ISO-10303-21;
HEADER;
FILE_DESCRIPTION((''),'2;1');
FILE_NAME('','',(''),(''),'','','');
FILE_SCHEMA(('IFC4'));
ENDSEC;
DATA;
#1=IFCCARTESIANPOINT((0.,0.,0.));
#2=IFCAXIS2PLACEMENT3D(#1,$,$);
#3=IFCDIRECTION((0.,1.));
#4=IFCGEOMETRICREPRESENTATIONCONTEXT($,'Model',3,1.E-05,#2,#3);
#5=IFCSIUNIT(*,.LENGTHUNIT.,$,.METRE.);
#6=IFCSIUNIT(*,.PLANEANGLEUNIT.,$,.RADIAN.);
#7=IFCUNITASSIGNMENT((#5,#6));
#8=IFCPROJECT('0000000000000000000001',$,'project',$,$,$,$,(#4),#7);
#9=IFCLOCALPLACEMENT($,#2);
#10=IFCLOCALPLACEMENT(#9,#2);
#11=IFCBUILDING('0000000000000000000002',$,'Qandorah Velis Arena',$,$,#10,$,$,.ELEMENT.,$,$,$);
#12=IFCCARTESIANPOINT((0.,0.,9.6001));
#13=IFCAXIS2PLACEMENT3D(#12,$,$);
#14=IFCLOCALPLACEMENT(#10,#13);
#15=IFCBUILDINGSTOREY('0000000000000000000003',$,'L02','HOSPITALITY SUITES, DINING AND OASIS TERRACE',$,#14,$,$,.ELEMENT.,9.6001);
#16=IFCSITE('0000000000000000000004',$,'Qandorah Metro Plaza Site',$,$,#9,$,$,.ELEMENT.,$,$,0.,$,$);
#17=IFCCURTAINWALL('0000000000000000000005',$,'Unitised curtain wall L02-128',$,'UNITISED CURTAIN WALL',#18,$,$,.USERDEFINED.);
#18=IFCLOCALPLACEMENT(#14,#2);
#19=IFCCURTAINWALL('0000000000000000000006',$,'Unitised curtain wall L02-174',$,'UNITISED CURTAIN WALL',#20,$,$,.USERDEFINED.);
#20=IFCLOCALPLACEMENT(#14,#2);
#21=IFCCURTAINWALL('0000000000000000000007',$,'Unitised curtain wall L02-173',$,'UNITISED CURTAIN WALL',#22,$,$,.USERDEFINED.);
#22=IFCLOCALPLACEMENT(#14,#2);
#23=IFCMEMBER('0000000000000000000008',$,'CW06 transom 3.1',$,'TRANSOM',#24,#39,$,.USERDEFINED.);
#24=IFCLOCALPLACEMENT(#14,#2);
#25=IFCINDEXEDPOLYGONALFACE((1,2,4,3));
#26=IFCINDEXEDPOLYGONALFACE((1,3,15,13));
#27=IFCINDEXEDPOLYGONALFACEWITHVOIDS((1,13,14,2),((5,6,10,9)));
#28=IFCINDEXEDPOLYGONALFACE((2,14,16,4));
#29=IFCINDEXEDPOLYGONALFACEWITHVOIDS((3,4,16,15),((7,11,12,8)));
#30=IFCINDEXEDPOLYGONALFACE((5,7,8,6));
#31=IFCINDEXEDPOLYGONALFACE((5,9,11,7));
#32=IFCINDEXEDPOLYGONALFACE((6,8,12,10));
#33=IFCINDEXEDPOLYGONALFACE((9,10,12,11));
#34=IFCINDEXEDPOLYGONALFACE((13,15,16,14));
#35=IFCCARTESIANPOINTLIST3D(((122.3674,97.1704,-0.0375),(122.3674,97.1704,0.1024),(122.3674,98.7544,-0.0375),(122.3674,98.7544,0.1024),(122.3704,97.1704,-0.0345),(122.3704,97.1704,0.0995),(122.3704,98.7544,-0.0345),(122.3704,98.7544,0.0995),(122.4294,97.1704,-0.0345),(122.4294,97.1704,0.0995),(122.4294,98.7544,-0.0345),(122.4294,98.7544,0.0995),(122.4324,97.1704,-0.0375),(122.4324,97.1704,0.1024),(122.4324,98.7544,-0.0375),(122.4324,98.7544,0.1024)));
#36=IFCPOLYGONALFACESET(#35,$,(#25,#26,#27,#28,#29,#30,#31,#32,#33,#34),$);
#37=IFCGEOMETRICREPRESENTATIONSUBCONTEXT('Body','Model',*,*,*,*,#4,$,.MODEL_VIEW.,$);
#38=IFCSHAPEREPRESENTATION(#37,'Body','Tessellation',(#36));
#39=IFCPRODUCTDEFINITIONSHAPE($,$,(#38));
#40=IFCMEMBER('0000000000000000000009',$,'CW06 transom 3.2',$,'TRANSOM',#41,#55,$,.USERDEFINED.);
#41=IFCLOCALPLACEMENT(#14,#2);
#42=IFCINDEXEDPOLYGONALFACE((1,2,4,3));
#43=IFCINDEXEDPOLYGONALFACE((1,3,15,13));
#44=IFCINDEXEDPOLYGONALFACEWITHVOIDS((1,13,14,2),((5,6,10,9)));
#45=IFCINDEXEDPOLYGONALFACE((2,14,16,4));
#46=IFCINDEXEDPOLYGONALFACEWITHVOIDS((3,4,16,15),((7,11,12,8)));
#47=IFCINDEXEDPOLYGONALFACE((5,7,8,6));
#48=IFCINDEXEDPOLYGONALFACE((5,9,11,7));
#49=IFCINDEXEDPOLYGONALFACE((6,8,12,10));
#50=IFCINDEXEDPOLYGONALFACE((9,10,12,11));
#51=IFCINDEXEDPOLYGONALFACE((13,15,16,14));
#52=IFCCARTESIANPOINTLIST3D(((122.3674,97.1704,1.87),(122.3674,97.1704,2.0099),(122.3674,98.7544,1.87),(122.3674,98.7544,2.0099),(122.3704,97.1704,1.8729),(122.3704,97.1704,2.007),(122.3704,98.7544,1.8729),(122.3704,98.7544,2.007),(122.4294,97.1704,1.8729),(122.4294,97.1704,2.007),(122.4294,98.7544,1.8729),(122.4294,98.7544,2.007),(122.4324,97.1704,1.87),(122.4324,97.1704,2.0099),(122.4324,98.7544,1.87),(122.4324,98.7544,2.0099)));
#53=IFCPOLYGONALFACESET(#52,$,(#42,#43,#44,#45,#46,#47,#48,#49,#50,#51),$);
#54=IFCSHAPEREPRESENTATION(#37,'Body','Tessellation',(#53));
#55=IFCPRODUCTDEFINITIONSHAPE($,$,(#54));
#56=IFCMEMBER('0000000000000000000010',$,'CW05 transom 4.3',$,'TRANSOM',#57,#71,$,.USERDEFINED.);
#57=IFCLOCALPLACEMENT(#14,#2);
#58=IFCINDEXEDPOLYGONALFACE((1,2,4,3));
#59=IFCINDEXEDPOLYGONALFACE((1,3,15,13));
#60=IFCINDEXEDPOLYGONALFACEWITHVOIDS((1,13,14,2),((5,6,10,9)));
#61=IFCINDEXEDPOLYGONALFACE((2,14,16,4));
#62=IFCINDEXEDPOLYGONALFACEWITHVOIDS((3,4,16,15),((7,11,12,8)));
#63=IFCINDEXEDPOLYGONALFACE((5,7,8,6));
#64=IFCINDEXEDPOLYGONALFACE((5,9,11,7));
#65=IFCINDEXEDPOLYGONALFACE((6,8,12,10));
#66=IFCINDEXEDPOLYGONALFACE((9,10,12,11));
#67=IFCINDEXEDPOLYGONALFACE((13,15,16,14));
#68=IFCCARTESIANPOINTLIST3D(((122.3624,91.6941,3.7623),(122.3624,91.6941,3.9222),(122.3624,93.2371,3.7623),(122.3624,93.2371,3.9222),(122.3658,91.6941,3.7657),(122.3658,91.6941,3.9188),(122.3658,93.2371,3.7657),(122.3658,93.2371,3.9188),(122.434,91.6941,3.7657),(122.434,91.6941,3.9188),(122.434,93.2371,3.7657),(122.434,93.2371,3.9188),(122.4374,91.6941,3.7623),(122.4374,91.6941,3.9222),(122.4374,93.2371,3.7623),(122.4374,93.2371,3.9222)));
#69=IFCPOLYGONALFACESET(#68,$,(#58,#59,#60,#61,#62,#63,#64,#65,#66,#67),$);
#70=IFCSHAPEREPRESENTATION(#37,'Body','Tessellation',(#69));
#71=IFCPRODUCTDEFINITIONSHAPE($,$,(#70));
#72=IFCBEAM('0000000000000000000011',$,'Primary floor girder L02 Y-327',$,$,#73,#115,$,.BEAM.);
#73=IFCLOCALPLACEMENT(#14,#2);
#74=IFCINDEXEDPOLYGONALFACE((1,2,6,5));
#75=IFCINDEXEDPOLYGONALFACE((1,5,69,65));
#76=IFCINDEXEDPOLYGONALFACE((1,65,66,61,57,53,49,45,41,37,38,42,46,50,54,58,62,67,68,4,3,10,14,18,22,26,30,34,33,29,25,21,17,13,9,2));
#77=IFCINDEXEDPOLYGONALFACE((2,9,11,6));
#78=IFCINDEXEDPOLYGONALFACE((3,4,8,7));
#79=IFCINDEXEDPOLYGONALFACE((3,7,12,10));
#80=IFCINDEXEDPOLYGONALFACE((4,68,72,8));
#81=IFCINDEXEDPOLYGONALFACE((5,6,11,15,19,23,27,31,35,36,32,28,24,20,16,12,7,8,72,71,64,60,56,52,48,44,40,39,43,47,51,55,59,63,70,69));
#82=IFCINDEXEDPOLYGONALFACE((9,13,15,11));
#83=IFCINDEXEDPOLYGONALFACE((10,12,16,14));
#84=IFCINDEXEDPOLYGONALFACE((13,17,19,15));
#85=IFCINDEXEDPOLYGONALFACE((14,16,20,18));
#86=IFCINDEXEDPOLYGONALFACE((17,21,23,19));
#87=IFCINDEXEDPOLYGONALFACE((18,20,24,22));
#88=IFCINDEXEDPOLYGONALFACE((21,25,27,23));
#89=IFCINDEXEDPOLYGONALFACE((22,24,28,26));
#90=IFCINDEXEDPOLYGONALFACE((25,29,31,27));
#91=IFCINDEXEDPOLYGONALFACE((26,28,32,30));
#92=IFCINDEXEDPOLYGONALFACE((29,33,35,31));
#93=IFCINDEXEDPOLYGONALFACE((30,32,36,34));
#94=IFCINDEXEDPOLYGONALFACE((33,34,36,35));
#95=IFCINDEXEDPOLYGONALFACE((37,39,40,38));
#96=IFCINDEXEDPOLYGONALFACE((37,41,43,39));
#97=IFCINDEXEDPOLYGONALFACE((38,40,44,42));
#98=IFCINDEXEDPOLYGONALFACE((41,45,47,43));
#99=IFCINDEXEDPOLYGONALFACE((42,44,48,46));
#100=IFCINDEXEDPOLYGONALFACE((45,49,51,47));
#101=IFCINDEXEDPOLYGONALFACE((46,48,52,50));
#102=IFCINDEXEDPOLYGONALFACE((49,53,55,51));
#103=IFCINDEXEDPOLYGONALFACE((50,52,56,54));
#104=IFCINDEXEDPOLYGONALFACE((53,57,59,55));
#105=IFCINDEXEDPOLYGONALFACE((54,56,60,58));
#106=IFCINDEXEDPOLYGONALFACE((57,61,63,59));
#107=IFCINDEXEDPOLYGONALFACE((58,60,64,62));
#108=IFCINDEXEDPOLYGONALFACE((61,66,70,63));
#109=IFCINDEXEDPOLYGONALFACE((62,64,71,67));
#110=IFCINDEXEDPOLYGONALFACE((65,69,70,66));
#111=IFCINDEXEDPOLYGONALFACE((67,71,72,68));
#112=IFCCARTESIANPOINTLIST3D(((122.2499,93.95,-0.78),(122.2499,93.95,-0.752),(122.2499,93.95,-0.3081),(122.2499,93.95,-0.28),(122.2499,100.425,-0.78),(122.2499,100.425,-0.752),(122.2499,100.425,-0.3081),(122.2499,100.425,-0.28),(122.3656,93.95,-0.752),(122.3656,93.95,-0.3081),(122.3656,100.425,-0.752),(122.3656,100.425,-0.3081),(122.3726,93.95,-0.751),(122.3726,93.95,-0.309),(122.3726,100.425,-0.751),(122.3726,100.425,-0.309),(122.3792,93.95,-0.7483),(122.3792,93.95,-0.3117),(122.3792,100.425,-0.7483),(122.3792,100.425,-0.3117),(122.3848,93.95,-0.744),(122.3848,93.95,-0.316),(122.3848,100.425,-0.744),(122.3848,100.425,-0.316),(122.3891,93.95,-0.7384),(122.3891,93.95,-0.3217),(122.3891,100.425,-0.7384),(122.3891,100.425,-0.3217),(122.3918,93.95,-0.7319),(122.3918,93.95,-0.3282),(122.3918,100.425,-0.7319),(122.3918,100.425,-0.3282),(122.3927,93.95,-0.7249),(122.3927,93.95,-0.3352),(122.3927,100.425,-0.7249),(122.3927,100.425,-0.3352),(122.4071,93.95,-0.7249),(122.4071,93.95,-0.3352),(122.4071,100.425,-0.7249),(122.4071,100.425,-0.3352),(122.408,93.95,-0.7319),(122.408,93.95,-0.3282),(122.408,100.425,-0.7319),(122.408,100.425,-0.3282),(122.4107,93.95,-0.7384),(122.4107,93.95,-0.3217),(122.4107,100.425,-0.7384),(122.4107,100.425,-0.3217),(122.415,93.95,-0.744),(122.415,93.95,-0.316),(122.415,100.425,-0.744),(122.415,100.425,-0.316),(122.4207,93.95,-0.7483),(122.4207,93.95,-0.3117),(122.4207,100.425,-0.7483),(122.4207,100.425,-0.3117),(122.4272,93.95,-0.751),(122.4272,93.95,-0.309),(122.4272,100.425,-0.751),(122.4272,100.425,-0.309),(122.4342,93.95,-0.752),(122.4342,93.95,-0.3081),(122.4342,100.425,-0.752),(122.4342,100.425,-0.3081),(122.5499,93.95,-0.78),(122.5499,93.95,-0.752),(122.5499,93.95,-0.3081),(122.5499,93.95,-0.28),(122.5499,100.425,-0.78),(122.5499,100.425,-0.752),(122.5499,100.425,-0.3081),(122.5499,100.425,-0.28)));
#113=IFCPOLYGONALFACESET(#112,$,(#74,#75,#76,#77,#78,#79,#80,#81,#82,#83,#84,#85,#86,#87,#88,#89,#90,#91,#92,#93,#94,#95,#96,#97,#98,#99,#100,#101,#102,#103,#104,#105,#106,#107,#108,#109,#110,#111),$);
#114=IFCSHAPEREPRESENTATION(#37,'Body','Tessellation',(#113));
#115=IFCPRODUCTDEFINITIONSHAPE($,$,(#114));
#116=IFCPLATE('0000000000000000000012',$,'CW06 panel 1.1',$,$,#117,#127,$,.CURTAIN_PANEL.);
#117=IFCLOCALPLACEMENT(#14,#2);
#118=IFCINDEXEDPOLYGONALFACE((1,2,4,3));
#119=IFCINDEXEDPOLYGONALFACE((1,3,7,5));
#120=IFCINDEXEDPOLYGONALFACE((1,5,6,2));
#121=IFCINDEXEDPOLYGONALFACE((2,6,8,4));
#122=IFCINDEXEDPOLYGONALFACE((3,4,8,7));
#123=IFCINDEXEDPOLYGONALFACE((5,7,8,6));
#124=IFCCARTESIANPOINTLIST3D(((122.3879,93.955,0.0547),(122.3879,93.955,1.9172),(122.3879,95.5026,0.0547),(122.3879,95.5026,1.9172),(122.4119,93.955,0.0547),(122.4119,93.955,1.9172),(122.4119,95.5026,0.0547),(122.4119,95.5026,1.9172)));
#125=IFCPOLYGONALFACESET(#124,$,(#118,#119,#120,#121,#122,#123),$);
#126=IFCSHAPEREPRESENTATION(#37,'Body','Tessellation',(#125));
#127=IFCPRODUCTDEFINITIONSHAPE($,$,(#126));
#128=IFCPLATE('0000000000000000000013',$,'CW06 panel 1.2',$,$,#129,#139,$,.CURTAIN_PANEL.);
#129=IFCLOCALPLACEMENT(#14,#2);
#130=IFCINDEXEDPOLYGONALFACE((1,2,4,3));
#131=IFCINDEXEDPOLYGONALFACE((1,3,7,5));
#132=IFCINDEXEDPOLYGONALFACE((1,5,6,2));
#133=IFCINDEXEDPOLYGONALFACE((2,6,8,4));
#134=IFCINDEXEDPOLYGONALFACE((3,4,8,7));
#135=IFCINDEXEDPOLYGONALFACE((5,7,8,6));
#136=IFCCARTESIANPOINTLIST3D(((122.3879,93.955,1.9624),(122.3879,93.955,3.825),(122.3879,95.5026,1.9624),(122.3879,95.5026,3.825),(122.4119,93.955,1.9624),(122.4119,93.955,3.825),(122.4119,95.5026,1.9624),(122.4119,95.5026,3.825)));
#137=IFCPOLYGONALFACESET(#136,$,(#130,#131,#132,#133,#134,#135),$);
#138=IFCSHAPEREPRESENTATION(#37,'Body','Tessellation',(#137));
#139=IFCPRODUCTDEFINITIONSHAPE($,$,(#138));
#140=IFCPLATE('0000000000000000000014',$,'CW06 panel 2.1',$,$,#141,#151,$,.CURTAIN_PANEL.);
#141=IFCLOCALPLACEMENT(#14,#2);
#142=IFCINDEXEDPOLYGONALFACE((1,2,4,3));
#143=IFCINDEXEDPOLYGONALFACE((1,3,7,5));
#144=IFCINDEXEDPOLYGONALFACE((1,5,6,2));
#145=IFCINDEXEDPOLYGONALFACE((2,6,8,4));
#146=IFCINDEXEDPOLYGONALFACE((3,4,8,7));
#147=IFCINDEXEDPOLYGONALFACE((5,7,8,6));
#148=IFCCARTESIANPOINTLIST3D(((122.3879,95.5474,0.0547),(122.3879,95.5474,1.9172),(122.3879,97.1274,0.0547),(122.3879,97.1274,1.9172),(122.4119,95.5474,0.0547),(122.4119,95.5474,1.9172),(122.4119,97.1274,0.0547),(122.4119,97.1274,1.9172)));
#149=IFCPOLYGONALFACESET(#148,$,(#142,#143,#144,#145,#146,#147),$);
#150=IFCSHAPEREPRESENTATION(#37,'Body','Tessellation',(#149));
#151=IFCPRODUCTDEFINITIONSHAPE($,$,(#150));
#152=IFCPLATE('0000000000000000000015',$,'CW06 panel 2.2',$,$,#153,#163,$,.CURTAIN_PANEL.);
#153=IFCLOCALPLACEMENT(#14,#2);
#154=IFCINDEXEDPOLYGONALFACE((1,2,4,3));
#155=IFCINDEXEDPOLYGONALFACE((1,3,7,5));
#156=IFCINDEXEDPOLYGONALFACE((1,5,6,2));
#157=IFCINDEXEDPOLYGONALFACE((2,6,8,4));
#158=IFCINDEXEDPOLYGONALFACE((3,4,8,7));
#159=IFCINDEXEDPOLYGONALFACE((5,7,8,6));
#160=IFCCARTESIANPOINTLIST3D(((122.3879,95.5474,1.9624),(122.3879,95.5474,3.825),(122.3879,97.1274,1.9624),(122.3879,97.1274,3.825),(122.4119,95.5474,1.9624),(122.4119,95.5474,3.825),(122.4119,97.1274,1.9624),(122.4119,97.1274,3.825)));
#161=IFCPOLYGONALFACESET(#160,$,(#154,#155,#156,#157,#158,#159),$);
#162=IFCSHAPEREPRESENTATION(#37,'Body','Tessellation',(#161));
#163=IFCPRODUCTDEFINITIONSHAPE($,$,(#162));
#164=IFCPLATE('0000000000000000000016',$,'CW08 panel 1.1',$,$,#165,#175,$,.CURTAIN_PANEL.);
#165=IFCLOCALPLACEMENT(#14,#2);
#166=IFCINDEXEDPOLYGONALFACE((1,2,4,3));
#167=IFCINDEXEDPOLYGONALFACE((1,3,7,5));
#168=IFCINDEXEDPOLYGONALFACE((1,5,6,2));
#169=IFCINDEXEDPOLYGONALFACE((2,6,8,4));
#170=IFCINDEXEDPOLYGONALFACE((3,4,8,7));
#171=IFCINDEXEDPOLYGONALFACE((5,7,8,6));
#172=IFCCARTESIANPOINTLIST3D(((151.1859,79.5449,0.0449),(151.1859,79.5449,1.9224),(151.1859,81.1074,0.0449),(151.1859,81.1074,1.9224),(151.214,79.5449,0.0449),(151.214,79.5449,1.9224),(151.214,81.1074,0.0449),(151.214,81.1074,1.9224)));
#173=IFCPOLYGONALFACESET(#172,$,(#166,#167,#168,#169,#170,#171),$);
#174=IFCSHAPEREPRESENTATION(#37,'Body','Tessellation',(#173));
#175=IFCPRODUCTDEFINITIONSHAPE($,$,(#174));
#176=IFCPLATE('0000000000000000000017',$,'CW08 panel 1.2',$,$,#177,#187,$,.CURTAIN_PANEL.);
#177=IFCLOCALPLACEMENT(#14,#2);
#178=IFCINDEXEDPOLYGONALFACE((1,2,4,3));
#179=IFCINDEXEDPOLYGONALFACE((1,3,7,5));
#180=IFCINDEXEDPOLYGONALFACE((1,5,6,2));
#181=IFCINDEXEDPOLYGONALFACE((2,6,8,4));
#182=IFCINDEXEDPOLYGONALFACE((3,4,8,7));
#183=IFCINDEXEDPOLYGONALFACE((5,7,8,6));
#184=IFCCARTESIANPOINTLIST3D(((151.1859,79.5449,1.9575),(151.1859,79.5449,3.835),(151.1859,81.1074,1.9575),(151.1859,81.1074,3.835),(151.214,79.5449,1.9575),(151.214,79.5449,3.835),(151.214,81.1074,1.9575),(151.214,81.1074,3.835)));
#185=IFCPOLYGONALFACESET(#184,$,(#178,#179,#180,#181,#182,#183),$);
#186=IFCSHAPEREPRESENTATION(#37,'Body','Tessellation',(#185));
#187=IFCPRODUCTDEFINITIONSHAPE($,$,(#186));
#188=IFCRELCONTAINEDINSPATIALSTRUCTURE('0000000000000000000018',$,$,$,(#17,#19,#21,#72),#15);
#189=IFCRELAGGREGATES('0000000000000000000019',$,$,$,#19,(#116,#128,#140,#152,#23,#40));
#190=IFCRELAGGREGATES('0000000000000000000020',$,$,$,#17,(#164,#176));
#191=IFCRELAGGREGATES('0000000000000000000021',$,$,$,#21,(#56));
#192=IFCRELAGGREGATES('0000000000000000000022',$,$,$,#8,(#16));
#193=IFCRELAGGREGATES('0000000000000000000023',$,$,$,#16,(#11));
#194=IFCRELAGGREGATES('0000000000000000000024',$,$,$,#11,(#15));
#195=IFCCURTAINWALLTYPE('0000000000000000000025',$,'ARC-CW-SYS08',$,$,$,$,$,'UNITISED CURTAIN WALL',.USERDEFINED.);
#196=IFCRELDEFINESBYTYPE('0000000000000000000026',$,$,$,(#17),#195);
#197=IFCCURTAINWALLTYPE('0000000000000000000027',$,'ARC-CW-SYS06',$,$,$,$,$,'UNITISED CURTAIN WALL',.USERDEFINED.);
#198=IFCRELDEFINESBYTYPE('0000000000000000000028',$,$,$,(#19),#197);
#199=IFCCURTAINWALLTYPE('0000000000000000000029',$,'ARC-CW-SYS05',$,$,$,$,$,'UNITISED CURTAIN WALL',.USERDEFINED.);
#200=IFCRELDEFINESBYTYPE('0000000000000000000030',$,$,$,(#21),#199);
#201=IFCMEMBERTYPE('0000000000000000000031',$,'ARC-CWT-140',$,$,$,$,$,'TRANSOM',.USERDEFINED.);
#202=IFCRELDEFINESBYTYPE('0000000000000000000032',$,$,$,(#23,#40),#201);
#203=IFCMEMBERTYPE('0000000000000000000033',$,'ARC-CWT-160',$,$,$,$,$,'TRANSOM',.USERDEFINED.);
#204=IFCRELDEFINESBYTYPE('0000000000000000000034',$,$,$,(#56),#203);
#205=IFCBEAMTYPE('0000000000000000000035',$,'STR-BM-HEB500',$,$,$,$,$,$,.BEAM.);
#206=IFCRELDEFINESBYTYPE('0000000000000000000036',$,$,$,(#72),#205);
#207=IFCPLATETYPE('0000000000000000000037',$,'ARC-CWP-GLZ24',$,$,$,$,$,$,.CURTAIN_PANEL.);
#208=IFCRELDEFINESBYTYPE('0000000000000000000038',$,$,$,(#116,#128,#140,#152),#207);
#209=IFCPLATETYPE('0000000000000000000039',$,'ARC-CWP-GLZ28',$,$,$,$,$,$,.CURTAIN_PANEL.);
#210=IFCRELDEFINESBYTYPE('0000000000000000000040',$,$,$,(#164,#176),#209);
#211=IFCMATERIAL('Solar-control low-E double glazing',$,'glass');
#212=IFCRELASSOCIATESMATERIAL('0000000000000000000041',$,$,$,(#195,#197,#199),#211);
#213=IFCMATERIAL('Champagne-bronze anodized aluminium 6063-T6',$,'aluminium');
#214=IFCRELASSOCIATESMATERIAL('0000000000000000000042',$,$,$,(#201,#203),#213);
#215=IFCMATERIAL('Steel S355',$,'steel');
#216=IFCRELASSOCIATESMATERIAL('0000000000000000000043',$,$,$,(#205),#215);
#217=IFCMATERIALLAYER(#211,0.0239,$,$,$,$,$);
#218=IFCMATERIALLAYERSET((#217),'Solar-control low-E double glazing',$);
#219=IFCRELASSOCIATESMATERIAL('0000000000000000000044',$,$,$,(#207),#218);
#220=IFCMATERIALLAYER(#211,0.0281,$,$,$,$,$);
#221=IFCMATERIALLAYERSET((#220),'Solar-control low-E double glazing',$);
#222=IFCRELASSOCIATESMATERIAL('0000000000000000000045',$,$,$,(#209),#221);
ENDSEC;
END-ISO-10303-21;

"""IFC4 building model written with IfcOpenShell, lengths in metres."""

from ifc_helpers import new_model, si_unit, direction, frame, origin, origin_2d, place, context, subcontext, project, spatial, rectangle, hollow_rectangle, i_section, extrude, material, layer, layer_set, material_profile, profile_set, type_object, element, aggregate, save


model = new_model("IFC4")

# Units and contexts
model_context = context("Model", 3, precision=1e-05, world=origin(), true_north=direction((0.0, 1.0)))
body_context = subcontext(model_context, "Body", "Model", "MODEL_VIEW")
ifc_project = project(units=[si_unit("LENGTHUNIT", "METRE"), si_unit("PLANEANGLEUNIT", "RADIAN")], contexts=[model_context])

# Site, building, storey
site_placement = place(None, origin())
site = spatial("IfcSite", under=ifc_project, at=site_placement, Name="Qandorah Metro Plaza Site", CompositionType="ELEMENT", RefElevation=0.0)
building_placement = place(site_placement, origin())
building = spatial("IfcBuilding", under=site, at=building_placement, Name="Qandorah Velis Arena", CompositionType="ELEMENT")
storey_placement = place(building_placement, frame((0.0, 0.0, 9.6001)))
storey = spatial("IfcBuildingStorey", under=building, at=storey_placement, Name="L02", Description="HOSPITALITY SUITES, DINING AND OASIS TERRACE", CompositionType="ELEMENT", Elevation=9.6001)

# Shared definitions
ifc_material_1 = material(Name="Steel S355", Category="steel")

# Curtain walls
ifc_material_2 = material(Name="Solar-control low-E double glazing", Category="glass")
curtain_wall_type_1 = type_object("IfcCurtainWallType", Name="ARC-CW-SYS08", ElementType="UNITISED CURTAIN WALL", PredefinedType="USERDEFINED", material=ifc_material_2)
curtain_wall_1_placement = place(storey_placement, origin())
curtain_wall_1 = element("IfcCurtainWall", 1, at=curtain_wall_1_placement, inside=storey, type_object=curtain_wall_type_1, Name="Unitised curtain wall L02-128", ObjectType="UNITISED CURTAIN WALL", PredefinedType="USERDEFINED")
ifc_material_3 = material(Name="Champagne-bronze anodized aluminium 6063-T6", Category="aluminium")
curtain_wall_type_2 = type_object("IfcCurtainWallType", Name="ARC-CW-SYS06", ElementType="UNITISED CURTAIN WALL", PredefinedType="USERDEFINED", material=ifc_material_2)
curtain_wall_2_placement = place(storey_placement, origin())
curtain_wall_2 = element("IfcCurtainWall", 2, at=curtain_wall_2_placement, inside=storey, type_object=curtain_wall_type_2, Name="Unitised curtain wall L02-174", ObjectType="UNITISED CURTAIN WALL", PredefinedType="USERDEFINED")

# Curtain wall
curtain_wall_type_3 = type_object("IfcCurtainWallType", Name="ARC-CW-SYS05", ElementType="UNITISED CURTAIN WALL", PredefinedType="USERDEFINED", material=ifc_material_2)
curtain_wall_3_placement = place(storey_placement, origin())
curtain_wall_3 = element("IfcCurtainWall", 3, at=curtain_wall_3_placement, inside=storey, type_object=curtain_wall_type_3, Name="Unitised curtain wall L02-173", ObjectType="UNITISED CURTAIN WALL", PredefinedType="USERDEFINED")

# Members
ifc_material_profile_1 = material_profile(ifc_material_3, hollow_rectangle(XDim=0.0649, YDim=0.1399, WallThickness=0.0029, at=origin_2d()), Name="ALU TRANSOM 65x140")
ifc_profile_set_1 = profile_set([ifc_material_profile_1], Name="Champagne-bronze anodized aluminium 6063-T6")
member_type_1 = type_object("IfcMemberType", Name="ARC-CWT-140", ElementType="TRANSOM", PredefinedType="USERDEFINED", material=ifc_profile_set_1)
member_1_placement = place(storey_placement, frame((122.3999, 97.1704, 0.0325), z_axis=(0.0, 1.0, 0.0), x_axis=(-1.0, 0.0, 0.0)))
member_1 = element("IfcMember", 4, at=member_1_placement, type_object=member_type_1, Name="CW06 transom 3.1", ObjectType="TRANSOM", PredefinedType="USERDEFINED", context=body_context, shape_type="SweptSolid", body=[
    extrude(hollow_rectangle(XDim=0.0649, YDim=0.1399, WallThickness=0.0029, at=origin_2d()), origin(), (0.0, 0.0, 1.0), 1.584),
])
member_2_placement = place(storey_placement, frame((122.3999, 97.1704, 1.9399), z_axis=(0.0, 1.0, 0.0), x_axis=(-1.0, 0.0, 0.0)))
member_2 = element("IfcMember", 5, at=member_2_placement, type_object=member_type_1, Name="CW06 transom 3.2", ObjectType="TRANSOM", PredefinedType="USERDEFINED", context=body_context, shape_type="SweptSolid", body=[
    extrude(hollow_rectangle(XDim=0.0649, YDim=0.1399, WallThickness=0.0029, at=origin_2d()), origin(), (0.0, 0.0, 1.0), 1.584),
])
ifc_material_profile_2 = material_profile(ifc_material_3, hollow_rectangle(XDim=0.075, YDim=0.1599, WallThickness=0.0034, at=origin_2d()), Name="ALU TRANSOM 75x160")
ifc_profile_set_2 = profile_set([ifc_material_profile_2], Name="Champagne-bronze anodized aluminium 6063-T6")
member_type_2 = type_object("IfcMemberType", Name="ARC-CWT-160", ElementType="TRANSOM", PredefinedType="USERDEFINED", material=ifc_profile_set_2)
member_3_placement = place(storey_placement, frame((122.3999, 91.6941, 3.8423), z_axis=(0.0, 1.0, 0.0), x_axis=(-1.0, 0.0, 0.0)))
member_3 = element("IfcMember", 6, at=member_3_placement, type_object=member_type_2, Name="CW05 transom 4.3", ObjectType="TRANSOM", PredefinedType="USERDEFINED", context=body_context, shape_type="SweptSolid", body=[
    extrude(hollow_rectangle(XDim=0.075, YDim=0.1599, WallThickness=0.0034, at=origin_2d()), origin(), (0.0, 0.0, 1.0), 1.543),
])

# Beam
ifc_material_profile_3 = material_profile(ifc_material_1, i_section(OverallWidth=0.3, OverallDepth=0.5, WebThickness=0.0144, FlangeThickness=0.0281, FilletRadius=0.0271, at=origin_2d()), Name="HEB 500")
ifc_profile_set_3 = profile_set([ifc_material_profile_3], Name="Steel S355")
beam_type = type_object("IfcBeamType", Name="STR-BM-HEB500", PredefinedType="BEAM", material=ifc_profile_set_3)
beam_placement = place(storey_placement, frame((122.3999, 93.95, -0.53), z_axis=(0.0, 1.0, 0.0), x_axis=(-1.0, 0.0, 0.0)))
element("IfcBeam", 7, at=beam_placement, inside=storey, type_object=beam_type, Name="Primary floor girder L02 Y-327", PredefinedType="BEAM", context=body_context, shape_type="SweptSolid", body=[
    extrude(i_section(OverallWidth=0.3, OverallDepth=0.5, WebThickness=0.0144, FlangeThickness=0.0281, FilletRadius=0.0271, at=origin_2d()), origin(), (0.0, 0.0, 1.0), 6.4751),
])

# Plates
ifc_layer_1 = layer(ifc_material_2, 0.0239)
ifc_layer_set_1 = layer_set([ifc_layer_1], Name="Solar-control low-E double glazing")
plate_type_1 = type_object("IfcPlateType", Name="ARC-CWP-GLZ24", PredefinedType="CURTAIN_PANEL", material=ifc_layer_set_1)
plate_1_placement = place(storey_placement, frame((122.3999, 94.7288, 0.0547), z_axis=(0.0, 0.0, 1.0), x_axis=(0.0, 1.0, 0.0)))
plate_1 = element("IfcPlate", 8, at=plate_1_placement, type_object=plate_type_1, Name="CW06 panel 1.1", PredefinedType="CURTAIN_PANEL", context=body_context, shape_type="SweptSolid", body=[
    extrude(rectangle(XDim=1.5476, YDim=0.0239, at=origin_2d()), origin(), (0.0, 0.0, 1.0), 1.8625),
])
plate_2_placement = place(storey_placement, frame((122.3999, 94.7288, 1.9624), z_axis=(0.0, 0.0, 1.0), x_axis=(0.0, 1.0, 0.0)))
plate_2 = element("IfcPlate", 9, at=plate_2_placement, type_object=plate_type_1, Name="CW06 panel 1.2", PredefinedType="CURTAIN_PANEL", context=body_context, shape_type="SweptSolid", body=[
    extrude(rectangle(XDim=1.5476, YDim=0.0239, at=origin_2d()), origin(), (0.0, 0.0, 1.0), 1.8625),
])
plate_3_placement = place(storey_placement, frame((122.3999, 96.3374, 0.0547), z_axis=(0.0, 0.0, 1.0), x_axis=(0.0, 1.0, 0.0)))
plate_3 = element("IfcPlate", 10, at=plate_3_placement, type_object=plate_type_1, Name="CW06 panel 2.1", PredefinedType="CURTAIN_PANEL", context=body_context, shape_type="SweptSolid", body=[
    extrude(rectangle(XDim=1.5801, YDim=0.0239, at=origin_2d()), origin(), (0.0, 0.0, 1.0), 1.8625),
])
plate_4_placement = place(storey_placement, frame((122.3999, 96.3374, 1.9624), z_axis=(0.0, 0.0, 1.0), x_axis=(0.0, 1.0, 0.0)))
plate_4 = element("IfcPlate", 11, at=plate_4_placement, type_object=plate_type_1, Name="CW06 panel 2.2", PredefinedType="CURTAIN_PANEL", context=body_context, shape_type="SweptSolid", body=[
    extrude(rectangle(XDim=1.5801, YDim=0.0239, at=origin_2d()), origin(), (0.0, 0.0, 1.0), 1.8625),
])
aggregate(curtain_wall_2, [plate_1, plate_2, plate_3, plate_4, member_1, member_2])
ifc_layer_2 = layer(ifc_material_2, 0.0281)
ifc_layer_set_2 = layer_set([ifc_layer_2], Name="Solar-control low-E double glazing")
plate_type_2 = type_object("IfcPlateType", Name="ARC-CWP-GLZ28", PredefinedType="CURTAIN_PANEL", material=ifc_layer_set_2)
plate_5_placement = place(storey_placement, frame((151.2, 80.3262, 0.0449), z_axis=(0.0, 0.0, 1.0), x_axis=(0.0, 1.0, 0.0)))
plate_5 = element("IfcPlate", 12, at=plate_5_placement, type_object=plate_type_2, Name="CW08 panel 1.1", PredefinedType="CURTAIN_PANEL", context=body_context, shape_type="SweptSolid", body=[
    extrude(rectangle(XDim=1.5625, YDim=0.0281, at=origin_2d()), origin(), (0.0, 0.0, 1.0), 1.8774),
])
plate_6_placement = place(storey_placement, frame((151.2, 80.3262, 1.9575), z_axis=(0.0, 0.0, 1.0), x_axis=(0.0, 1.0, 0.0)))
plate_6 = element("IfcPlate", 13, at=plate_6_placement, type_object=plate_type_2, Name="CW08 panel 1.2", PredefinedType="CURTAIN_PANEL", context=body_context, shape_type="SweptSolid", body=[
    extrude(rectangle(XDim=1.5625, YDim=0.0281, at=origin_2d()), origin(), (0.0, 0.0, 1.0), 1.8774),
])
aggregate(curtain_wall_1, [plate_5, plate_6])
aggregate(curtain_wall_3, [member_3])

save(model, "model.ifc")
